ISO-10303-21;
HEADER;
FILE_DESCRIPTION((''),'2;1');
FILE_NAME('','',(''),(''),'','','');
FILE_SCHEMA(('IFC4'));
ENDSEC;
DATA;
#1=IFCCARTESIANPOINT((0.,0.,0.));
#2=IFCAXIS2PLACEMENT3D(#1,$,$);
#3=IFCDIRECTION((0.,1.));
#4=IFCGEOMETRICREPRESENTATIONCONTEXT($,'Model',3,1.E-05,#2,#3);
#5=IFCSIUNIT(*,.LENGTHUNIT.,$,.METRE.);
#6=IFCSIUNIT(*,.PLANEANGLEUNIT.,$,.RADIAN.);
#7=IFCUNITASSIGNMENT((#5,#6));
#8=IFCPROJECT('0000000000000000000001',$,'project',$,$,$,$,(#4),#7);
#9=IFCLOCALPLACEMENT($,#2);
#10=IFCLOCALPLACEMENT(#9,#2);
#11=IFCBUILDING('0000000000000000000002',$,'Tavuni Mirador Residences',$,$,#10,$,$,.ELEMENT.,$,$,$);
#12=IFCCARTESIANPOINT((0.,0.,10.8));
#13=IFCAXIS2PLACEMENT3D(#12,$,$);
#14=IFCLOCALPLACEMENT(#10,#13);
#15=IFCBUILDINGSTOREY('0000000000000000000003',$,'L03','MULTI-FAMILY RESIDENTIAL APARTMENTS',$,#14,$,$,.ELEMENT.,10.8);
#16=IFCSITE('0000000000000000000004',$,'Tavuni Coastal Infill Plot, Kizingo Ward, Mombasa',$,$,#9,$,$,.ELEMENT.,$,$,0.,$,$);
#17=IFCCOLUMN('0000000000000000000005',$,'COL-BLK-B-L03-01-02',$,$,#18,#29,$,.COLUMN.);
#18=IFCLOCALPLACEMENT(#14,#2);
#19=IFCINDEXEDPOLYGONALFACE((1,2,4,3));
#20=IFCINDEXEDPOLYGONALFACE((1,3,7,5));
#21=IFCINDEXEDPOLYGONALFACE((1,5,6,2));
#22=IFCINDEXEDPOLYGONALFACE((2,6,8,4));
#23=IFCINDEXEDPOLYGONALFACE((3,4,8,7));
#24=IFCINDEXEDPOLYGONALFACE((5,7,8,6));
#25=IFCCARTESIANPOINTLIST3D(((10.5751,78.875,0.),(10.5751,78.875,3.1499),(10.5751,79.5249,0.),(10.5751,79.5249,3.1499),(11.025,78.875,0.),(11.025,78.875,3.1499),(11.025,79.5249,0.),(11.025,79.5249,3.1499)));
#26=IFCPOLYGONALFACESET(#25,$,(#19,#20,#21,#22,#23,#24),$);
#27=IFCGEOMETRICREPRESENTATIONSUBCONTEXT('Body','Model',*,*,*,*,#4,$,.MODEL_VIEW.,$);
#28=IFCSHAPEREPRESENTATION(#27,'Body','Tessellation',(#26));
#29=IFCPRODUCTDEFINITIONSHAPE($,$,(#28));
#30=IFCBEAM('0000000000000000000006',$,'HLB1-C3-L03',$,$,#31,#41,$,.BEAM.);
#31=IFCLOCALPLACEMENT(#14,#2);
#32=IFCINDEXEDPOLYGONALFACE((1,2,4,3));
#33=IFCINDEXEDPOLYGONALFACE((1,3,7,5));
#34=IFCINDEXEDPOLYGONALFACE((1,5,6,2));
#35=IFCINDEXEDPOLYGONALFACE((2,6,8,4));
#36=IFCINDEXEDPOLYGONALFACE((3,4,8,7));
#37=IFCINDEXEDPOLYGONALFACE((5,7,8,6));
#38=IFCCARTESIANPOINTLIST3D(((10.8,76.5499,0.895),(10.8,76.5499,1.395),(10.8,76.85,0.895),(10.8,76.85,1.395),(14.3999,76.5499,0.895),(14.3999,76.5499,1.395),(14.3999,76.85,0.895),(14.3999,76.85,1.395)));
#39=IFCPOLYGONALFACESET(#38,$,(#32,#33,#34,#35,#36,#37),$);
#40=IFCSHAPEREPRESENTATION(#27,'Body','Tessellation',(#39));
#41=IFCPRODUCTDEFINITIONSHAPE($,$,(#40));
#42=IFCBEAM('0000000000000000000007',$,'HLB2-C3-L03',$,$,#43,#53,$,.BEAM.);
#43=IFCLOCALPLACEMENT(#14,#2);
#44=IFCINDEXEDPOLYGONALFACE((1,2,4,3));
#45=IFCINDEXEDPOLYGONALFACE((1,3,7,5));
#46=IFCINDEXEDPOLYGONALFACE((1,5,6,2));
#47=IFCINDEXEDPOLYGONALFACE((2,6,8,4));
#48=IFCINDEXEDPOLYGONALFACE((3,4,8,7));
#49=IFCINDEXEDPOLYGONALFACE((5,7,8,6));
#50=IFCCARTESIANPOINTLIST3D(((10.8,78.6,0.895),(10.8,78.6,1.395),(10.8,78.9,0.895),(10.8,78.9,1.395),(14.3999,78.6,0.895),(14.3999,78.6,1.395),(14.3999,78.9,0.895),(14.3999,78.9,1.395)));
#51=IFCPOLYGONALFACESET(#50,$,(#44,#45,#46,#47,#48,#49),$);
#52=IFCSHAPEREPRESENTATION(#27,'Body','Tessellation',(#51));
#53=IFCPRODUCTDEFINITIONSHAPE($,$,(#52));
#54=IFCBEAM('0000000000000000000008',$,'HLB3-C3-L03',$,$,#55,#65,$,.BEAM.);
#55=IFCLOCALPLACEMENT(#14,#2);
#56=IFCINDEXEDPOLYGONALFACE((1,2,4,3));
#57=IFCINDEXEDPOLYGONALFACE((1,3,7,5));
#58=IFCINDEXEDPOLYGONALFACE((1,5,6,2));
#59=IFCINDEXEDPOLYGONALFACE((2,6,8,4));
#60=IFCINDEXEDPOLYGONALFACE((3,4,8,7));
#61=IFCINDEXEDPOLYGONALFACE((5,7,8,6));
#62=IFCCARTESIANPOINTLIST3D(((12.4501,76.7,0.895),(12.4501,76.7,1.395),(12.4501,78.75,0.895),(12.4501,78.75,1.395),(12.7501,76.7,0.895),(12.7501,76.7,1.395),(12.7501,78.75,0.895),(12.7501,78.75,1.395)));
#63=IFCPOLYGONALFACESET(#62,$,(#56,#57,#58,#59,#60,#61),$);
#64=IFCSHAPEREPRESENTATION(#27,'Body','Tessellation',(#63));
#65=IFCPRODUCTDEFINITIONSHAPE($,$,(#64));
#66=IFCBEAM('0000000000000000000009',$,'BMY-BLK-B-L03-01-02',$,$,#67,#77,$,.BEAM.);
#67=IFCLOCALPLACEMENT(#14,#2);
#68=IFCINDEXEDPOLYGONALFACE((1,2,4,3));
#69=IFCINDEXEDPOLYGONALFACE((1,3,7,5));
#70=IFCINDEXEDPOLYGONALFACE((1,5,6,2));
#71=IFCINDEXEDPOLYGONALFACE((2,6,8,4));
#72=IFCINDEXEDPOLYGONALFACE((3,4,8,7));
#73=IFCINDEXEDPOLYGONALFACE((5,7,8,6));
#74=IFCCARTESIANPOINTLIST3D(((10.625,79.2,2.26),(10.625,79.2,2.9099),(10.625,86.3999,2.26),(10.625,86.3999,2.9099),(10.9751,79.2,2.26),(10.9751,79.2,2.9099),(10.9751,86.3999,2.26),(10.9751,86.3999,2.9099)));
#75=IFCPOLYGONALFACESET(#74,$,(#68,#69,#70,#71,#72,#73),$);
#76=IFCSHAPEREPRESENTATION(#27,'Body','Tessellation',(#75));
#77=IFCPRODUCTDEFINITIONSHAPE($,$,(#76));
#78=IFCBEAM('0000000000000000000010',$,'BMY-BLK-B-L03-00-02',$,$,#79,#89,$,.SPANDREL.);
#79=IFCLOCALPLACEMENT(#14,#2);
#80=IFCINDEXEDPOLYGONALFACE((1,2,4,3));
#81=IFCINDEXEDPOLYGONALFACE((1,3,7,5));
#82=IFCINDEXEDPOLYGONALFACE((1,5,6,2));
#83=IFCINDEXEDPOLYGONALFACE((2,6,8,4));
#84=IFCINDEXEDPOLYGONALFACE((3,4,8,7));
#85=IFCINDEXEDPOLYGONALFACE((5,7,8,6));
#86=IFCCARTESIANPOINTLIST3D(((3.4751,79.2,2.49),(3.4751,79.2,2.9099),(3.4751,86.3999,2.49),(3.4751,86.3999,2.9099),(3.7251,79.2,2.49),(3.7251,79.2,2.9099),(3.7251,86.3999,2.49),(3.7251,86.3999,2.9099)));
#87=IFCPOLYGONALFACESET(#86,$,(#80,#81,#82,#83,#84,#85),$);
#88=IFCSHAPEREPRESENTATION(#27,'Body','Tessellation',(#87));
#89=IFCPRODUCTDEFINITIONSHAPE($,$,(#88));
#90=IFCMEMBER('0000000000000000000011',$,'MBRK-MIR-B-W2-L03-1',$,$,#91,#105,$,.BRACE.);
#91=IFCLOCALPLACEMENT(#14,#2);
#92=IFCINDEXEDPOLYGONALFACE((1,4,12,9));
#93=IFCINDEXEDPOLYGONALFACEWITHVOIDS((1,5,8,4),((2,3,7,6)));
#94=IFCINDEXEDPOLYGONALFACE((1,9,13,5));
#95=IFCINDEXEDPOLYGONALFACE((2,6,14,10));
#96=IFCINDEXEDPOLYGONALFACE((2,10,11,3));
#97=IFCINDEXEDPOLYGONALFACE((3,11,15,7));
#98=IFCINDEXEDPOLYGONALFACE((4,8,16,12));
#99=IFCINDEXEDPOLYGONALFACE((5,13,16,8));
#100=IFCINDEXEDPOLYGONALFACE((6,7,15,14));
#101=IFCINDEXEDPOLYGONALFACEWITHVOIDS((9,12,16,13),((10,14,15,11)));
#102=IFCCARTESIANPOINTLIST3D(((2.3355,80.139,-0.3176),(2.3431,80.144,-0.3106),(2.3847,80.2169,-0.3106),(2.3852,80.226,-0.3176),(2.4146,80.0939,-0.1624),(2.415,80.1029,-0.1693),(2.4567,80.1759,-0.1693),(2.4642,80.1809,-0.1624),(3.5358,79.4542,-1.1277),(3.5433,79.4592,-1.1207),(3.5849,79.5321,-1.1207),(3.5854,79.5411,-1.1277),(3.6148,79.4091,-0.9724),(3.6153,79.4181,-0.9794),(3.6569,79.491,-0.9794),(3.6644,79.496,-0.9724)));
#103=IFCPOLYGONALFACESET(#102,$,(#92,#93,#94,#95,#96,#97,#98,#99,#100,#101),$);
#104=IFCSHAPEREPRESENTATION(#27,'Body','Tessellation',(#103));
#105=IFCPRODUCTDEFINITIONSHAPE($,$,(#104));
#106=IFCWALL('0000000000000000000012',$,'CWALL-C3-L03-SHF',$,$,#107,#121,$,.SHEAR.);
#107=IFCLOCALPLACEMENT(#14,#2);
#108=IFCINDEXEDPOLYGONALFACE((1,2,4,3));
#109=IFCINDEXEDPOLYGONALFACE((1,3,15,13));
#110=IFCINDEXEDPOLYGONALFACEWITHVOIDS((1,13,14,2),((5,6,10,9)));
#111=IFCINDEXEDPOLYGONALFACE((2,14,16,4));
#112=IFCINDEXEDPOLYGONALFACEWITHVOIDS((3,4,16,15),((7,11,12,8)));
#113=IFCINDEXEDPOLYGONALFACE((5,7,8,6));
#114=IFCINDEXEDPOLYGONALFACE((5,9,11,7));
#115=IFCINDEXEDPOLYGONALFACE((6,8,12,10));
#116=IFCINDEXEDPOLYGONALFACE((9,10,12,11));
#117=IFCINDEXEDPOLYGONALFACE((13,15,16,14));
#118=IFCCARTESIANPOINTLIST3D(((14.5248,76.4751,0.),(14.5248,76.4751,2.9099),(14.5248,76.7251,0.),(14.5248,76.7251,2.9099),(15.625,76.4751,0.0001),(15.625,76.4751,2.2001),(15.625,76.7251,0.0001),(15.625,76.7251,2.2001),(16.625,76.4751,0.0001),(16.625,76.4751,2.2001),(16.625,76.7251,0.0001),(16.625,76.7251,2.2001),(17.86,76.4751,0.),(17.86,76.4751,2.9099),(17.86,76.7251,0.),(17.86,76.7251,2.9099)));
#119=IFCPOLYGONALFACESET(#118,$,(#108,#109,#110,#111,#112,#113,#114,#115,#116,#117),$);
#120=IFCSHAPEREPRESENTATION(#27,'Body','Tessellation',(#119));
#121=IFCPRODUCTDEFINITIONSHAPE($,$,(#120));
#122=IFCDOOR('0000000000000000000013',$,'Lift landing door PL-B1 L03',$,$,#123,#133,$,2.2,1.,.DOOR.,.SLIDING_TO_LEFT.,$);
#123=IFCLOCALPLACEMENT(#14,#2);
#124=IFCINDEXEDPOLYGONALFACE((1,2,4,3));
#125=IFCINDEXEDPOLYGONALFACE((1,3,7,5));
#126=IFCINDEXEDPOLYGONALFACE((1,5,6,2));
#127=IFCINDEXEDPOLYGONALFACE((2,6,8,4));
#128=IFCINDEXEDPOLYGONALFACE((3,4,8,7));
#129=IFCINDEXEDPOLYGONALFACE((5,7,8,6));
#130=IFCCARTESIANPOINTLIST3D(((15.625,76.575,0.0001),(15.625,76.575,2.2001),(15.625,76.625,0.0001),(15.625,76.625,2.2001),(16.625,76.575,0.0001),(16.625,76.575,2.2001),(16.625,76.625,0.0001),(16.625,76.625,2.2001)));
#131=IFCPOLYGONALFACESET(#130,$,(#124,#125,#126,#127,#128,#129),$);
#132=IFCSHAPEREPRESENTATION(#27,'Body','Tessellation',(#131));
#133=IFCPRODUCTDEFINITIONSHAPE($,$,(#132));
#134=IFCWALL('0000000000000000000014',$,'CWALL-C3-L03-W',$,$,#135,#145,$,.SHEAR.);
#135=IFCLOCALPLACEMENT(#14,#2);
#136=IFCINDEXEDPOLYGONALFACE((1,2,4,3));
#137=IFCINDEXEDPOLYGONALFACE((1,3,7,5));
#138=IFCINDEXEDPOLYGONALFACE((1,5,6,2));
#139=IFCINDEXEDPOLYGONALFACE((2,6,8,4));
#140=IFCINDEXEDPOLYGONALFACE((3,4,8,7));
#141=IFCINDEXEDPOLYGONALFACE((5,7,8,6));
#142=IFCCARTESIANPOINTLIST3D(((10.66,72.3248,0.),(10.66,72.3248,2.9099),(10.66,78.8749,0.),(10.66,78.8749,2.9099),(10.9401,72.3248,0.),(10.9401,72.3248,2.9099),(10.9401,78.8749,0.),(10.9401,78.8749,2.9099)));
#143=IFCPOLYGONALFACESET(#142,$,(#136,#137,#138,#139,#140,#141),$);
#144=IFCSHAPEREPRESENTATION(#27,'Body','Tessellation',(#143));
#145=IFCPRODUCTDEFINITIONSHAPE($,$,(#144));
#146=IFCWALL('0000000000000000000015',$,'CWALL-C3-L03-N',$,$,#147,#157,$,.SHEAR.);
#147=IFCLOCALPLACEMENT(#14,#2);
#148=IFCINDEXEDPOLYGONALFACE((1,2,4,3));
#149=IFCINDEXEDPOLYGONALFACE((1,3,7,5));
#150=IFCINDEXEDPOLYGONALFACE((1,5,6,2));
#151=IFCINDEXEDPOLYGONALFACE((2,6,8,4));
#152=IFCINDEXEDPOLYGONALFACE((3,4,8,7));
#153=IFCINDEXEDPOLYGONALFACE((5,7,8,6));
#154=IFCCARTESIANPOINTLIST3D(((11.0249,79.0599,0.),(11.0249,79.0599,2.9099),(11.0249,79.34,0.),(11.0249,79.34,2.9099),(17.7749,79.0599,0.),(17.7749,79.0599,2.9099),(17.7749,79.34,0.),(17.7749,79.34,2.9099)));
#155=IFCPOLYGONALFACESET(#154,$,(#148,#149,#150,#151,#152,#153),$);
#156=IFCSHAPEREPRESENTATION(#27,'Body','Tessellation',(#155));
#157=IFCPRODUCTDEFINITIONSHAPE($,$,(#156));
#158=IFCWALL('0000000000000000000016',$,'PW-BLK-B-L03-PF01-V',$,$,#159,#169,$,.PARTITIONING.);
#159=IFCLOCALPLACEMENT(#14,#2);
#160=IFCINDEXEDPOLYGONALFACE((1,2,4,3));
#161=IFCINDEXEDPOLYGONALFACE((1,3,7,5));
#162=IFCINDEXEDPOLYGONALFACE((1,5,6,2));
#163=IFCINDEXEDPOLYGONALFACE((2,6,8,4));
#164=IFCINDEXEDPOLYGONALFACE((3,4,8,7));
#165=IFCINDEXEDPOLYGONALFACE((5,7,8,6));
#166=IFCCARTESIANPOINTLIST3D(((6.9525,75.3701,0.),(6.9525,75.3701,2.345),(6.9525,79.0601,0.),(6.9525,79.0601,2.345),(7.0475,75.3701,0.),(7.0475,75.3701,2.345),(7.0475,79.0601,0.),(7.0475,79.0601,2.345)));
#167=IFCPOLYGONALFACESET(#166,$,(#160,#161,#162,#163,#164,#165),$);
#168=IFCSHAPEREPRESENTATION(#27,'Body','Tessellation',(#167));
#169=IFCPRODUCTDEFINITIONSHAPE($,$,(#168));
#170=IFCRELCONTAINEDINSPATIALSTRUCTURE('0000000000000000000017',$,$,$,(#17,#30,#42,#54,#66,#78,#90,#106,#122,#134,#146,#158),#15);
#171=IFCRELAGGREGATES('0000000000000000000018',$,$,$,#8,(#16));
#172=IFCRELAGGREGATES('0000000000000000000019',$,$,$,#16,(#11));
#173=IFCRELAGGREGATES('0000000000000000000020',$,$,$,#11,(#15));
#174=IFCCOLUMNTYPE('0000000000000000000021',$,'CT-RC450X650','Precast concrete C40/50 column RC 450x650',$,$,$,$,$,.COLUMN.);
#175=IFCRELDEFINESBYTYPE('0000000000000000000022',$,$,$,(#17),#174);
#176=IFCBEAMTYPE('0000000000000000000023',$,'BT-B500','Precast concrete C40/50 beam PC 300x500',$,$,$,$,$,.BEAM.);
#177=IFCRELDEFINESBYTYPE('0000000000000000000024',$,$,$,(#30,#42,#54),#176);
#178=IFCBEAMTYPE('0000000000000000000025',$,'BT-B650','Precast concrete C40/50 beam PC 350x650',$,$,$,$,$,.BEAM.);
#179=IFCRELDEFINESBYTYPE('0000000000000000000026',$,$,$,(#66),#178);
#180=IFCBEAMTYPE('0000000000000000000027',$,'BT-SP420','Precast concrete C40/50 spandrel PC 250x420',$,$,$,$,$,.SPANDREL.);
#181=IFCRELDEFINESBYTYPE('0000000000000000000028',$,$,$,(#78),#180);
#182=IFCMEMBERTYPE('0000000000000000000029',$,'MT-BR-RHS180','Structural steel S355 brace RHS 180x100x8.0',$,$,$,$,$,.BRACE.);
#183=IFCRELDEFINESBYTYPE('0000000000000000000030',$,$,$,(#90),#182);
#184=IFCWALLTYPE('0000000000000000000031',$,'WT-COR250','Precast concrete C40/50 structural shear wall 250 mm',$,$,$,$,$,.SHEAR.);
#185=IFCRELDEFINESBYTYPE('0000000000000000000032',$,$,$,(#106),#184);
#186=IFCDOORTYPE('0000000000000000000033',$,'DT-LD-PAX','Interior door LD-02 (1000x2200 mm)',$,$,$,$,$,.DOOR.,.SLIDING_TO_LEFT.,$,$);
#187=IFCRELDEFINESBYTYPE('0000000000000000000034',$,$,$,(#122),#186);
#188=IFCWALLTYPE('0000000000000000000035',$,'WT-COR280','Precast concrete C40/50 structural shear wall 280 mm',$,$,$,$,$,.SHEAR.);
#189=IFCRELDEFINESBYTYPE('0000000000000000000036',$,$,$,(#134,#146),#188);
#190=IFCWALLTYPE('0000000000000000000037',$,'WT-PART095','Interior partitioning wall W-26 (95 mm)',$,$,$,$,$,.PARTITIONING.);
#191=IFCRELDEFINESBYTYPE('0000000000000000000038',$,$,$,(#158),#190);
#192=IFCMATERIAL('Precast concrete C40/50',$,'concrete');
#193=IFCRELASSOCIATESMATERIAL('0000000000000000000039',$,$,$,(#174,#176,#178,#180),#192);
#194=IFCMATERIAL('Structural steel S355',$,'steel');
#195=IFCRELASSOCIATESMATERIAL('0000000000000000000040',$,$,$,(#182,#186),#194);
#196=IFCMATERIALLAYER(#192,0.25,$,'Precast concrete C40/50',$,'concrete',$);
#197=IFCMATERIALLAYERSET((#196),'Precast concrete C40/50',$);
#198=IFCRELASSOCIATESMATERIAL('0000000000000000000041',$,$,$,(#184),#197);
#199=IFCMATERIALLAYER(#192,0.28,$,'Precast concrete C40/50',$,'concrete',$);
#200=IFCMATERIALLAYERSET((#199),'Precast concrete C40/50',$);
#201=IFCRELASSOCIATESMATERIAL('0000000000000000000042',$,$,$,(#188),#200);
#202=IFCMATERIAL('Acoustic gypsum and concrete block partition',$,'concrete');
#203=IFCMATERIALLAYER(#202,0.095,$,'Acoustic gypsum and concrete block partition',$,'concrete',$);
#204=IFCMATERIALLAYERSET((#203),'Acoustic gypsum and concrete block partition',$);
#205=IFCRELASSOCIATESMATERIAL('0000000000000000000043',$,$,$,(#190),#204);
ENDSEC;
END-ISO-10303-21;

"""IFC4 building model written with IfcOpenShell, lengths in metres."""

from ifc_helpers import new_model, si_unit, direction, frame, frame_2d, origin, origin_2d, place, context, subcontext, project, spatial, rectangle, hollow_rectangle, extrude, material, layer, layer_set, material_profile, profile_set, type_object, element, fill, save


model = new_model("IFC4")

# Units and contexts
model_context = context("Model", 3, precision=1e-05, world=origin(), true_north=direction((0.0, 1.0)))
body_context = subcontext(model_context, "Body", "Model", "MODEL_VIEW")
ifc_project = project(units=[si_unit("LENGTHUNIT", "METRE"), si_unit("PLANEANGLEUNIT", "RADIAN")], contexts=[model_context])

# Site, building, storey
site_placement = place(None, origin())
site = spatial("IfcSite", under=ifc_project, at=site_placement, Name="Tavuni Coastal Infill Plot, Kizingo Ward, Mombasa", CompositionType="ELEMENT", RefElevation=0.0)
building_placement = place(site_placement, origin())
building = spatial("IfcBuilding", under=site, at=building_placement, Name="Tavuni Mirador Residences", CompositionType="ELEMENT")
storey_placement = place(building_placement, frame((0.0, 0.0, 10.8)))
storey = spatial("IfcBuildingStorey", under=building, at=storey_placement, Name="L03", Description="MULTI-FAMILY RESIDENTIAL APARTMENTS", CompositionType="ELEMENT", Elevation=10.8)

# Column
ifc_material_1 = material(Name="Precast concrete C40/50", Category="concrete")
ifc_material_profile_1 = material_profile(ifc_material_1, rectangle(XDim=0.45, YDim=0.6499, at=origin_2d()), Name="RC 450x650", Category="concrete")
ifc_profile_set_1 = profile_set([ifc_material_profile_1], Name="Precast concrete C40/50")
column_type = type_object("IfcColumnType", Name="CT-RC450X650", Description="Precast concrete C40/50 column RC 450x650", PredefinedType="COLUMN", material=ifc_profile_set_1)
column_placement = place(storey_placement, frame((10.8, 79.2, 0.0), z_axis=(0.0, 0.0, 1.0), x_axis=(1.0, 0.0, 0.0)))
element("IfcColumn", 1, at=column_placement, inside=storey, type_object=column_type, Name="COL-BLK-B-L03-01-02", PredefinedType="COLUMN", context=body_context, shape_type="SweptSolid", body=[
    extrude(rectangle(XDim=0.45, YDim=0.6499, at=origin_2d()), origin(), (0.0, 0.0, 1.0), 3.1499),
])

# Beams
ifc_material_profile_2 = material_profile(ifc_material_1, rectangle(XDim=0.3, YDim=0.5, at=origin_2d()), Name="PC 300x500", Category="concrete")
ifc_profile_set_2 = profile_set([ifc_material_profile_2], Name="Precast concrete C40/50")
beam_type_1 = type_object("IfcBeamType", Name="BT-B500", Description="Precast concrete C40/50 beam PC 300x500", PredefinedType="BEAM", material=ifc_profile_set_2)
for number, where, z_axis, x_axis, name in (
    (2, (10.8, 76.7, 1.145), (1.0, 0.0, 0.0), (0.0, 1.0, 0.0), "HLB1-C3-L03"),
    (3, (10.8, 78.75, 1.145), (1.0, 0.0, 0.0), (0.0, 1.0, 0.0), "HLB2-C3-L03"),
):
    element("IfcBeam", number, at=place(storey_placement, frame(where, z_axis=z_axis, x_axis=x_axis)), inside=storey, type_object=beam_type_1, Name=name, PredefinedType="BEAM", context=body_context, shape_type="SweptSolid", body=[
        extrude(rectangle(XDim=0.3, YDim=0.5, at=origin_2d()), origin(), (0.0, 0.0, 1.0), 3.5999),
    ])
beam_1_placement = place(storey_placement, frame((12.6001, 76.7, 1.145), z_axis=(0.0, 1.0, 0.0), x_axis=(-1.0, 0.0, 0.0)))
element("IfcBeam", 4, at=beam_1_placement, inside=storey, type_object=beam_type_1, Name="HLB3-C3-L03", PredefinedType="BEAM", context=body_context, shape_type="SweptSolid", body=[
    extrude(rectangle(XDim=0.3, YDim=0.5, at=origin_2d()), origin(), (0.0, 0.0, 1.0), 2.05),
])
ifc_material_profile_3 = material_profile(ifc_material_1, rectangle(XDim=0.3501, YDim=0.6499, at=origin_2d()), Name="PC 350x650", Category="concrete")
ifc_profile_set_3 = profile_set([ifc_material_profile_3], Name="Precast concrete C40/50")
beam_type_2 = type_object("IfcBeamType", Name="BT-B650", Description="Precast concrete C40/50 beam PC 350x650", PredefinedType="BEAM", material=ifc_profile_set_3)
beam_2_placement = place(storey_placement, frame((10.8, 79.2, 2.585), z_axis=(0.0, 1.0, 0.0), x_axis=(-1.0, 0.0, 0.0)))
element("IfcBeam", 5, at=beam_2_placement, inside=storey, type_object=beam_type_2, Name="BMY-BLK-B-L03-01-02", PredefinedType="BEAM", context=body_context, shape_type="SweptSolid", body=[
    extrude(rectangle(XDim=0.3501, YDim=0.6499, at=origin_2d()), origin(), (0.0, 0.0, 1.0), 7.2),
])
ifc_material_profile_4 = material_profile(ifc_material_1, rectangle(XDim=0.25, YDim=0.4199, at=origin_2d()), Name="PC 250x420", Category="concrete")
ifc_profile_set_4 = profile_set([ifc_material_profile_4], Name="Precast concrete C40/50")
beam_type_3 = type_object("IfcBeamType", Name="BT-SP420", Description="Precast concrete C40/50 spandrel PC 250x420", PredefinedType="SPANDREL", material=ifc_profile_set_4)
beam_3_placement = place(storey_placement, frame((3.6001, 79.2, 2.7), z_axis=(0.0, 1.0, 0.0), x_axis=(-1.0, 0.0, 0.0)))
element("IfcBeam", 6, at=beam_3_placement, inside=storey, type_object=beam_type_3, Name="BMY-BLK-B-L03-00-02", PredefinedType="SPANDREL", context=body_context, shape_type="SweptSolid", body=[
    extrude(rectangle(XDim=0.25, YDim=0.4199, at=origin_2d()), origin(), (0.0, 0.0, 1.0), 7.2),
])

# Member
ifc_material_2 = material(Name="Structural steel S355", Category="steel")
ifc_material_profile_5 = material_profile(ifc_material_2, hollow_rectangle(XDim=0.1001, YDim=0.1799, WallThickness=0.0081, at=origin_2d()), Name="RHS 180x100x8.0", Category="steel")
ifc_profile_set_5 = profile_set([ifc_material_profile_5], Name="Structural steel S355")
member_type = type_object("IfcMemberType", Name="MT-BR-RHS180", Description="Structural steel S355 brace RHS 180x100x8.0", PredefinedType="BRACE", material=ifc_profile_set_5)
member_placement = place(storey_placement, frame((3.6001, 79.4751, -1.05), z_axis=(-0.749298, 0.427539, 0.50573), x_axis=(-0.495587, -0.868558, 0.0)))
element("IfcMember", 7, at=member_placement, inside=storey, type_object=member_type, Name="MBRK-MIR-B-W2-L03-1", PredefinedType="BRACE", context=body_context, shape_type="SweptSolid", body=[
    extrude(hollow_rectangle(XDim=0.1001, YDim=0.1799, WallThickness=0.0081, at=origin_2d()), origin(), (0.0, 0.0, 1.0), 1.6018),
])

# Wall, opening, door
ifc_layer_1 = layer(ifc_material_1, 0.25, Name="Precast concrete C40/50", Category="concrete")
ifc_layer_set_1 = layer_set([ifc_layer_1], Name="Precast concrete C40/50")
wall_type_1 = type_object("IfcWallType", Name="WT-COR250", Description="Precast concrete C40/50 structural shear wall 250 mm", PredefinedType="SHEAR", material=ifc_layer_set_1)
wall_1_placement = place(storey_placement, frame((14.5249, 76.6001, 0.0), z_axis=(0.0, 0.0, 1.0), x_axis=(1.0, 0.0, 0.0)))
wall_1 = element("IfcWall", 8, at=wall_1_placement, inside=storey, type_object=wall_type_1, Name="CWALL-C3-L03-SHF", PredefinedType="SHEAR", context=body_context, shape_type="SweptSolid", body=[
    extrude(rectangle(XDim=3.3352, YDim=0.25, at=frame_2d((1.6675, 0.0))), origin(), (0.0, 0.0, 1.0), 2.9099),
])
opening_1_placement = place(wall_1_placement, frame((1.1001, 0.0, 0.0)))
opening_1 = element("IfcOpeningElement", 9, at=opening_1_placement, cuts=wall_1, PredefinedType="OPENING", context=body_context, shape_type="SweptSolid", body=[
    extrude(rectangle(XDim=1.0, YDim=2.2, at=frame_2d((0.5, 1.1001))), frame((0.0, 0.135, 0.0), z_axis=(0.0, -1.0, 0.0), x_axis=(1.0, 0.0, 0.0)), (0.0, 0.0, 1.0), 0.27),
])
door_type_1 = type_object("IfcDoorType", Name="DT-LD-PAX", Description="Interior door LD-02 (1000x2200 mm)", OperationType="SLIDING_TO_LEFT", PredefinedType="DOOR", material=ifc_material_2)
door_1_placement = place(opening_1_placement, origin())
door_1 = element("IfcDoor", 10, at=door_1_placement, inside=storey, type_object=door_type_1, Name="Lift landing door PL-B1 L03", OperationType="SLIDING_TO_LEFT", OverallHeight=2.2, OverallWidth=1.0, PredefinedType="DOOR", context=body_context, shape_type="SweptSolid", body=[
    extrude(rectangle(XDim=1.0, YDim=2.2, at=frame_2d((0.5, 1.1001))), frame((0.0, 0.0249, 0.0), z_axis=(0.0, -1.0, 0.0), x_axis=(1.0, 0.0, 0.0)), (0.0, 0.0, 1.0), 0.05),
])
fill(opening_1, door_1)

# Walls
ifc_layer_2 = layer(ifc_material_1, 0.28, Name="Precast concrete C40/50", Category="concrete")
ifc_layer_set_2 = layer_set([ifc_layer_2], Name="Precast concrete C40/50")
wall_type_2 = type_object("IfcWallType", Name="WT-COR280", Description="Precast concrete C40/50 structural shear wall 280 mm", PredefinedType="SHEAR", material=ifc_layer_set_2)
wall_2_placement = place(storey_placement, frame((10.8, 72.325, 0.0), z_axis=(0.0, 0.0, 1.0), x_axis=(0.0, 1.0, 0.0)))
element("IfcWall", 11, at=wall_2_placement, inside=storey, type_object=wall_type_2, Name="CWALL-C3-L03-W", PredefinedType="SHEAR", context=body_context, shape_type="SweptSolid", body=[
    extrude(rectangle(XDim=6.55, YDim=0.28, at=frame_2d((3.2749, 0.0))), origin(), (0.0, 0.0, 1.0), 2.9099),
])
wall_3_placement = place(storey_placement, frame((11.0249, 79.2, 0.0), z_axis=(0.0, 0.0, 1.0), x_axis=(1.0, 0.0, 0.0)))
element("IfcWall", 12, at=wall_3_placement, inside=storey, type_object=wall_type_2, Name="CWALL-C3-L03-N", PredefinedType="SHEAR", context=body_context, shape_type="SweptSolid", body=[
    extrude(rectangle(XDim=6.75, YDim=0.28, at=frame_2d((3.375, 0.0))), origin(), (0.0, 0.0, 1.0), 2.9099),
])

# Wall
ifc_material_3 = material(Name="Acoustic gypsum and concrete block partition", Category="concrete")
ifc_layer_3 = layer(ifc_material_3, 0.095, Name="Acoustic gypsum and concrete block partition", Category="concrete")
ifc_layer_set_3 = layer_set([ifc_layer_3], Name="Acoustic gypsum and concrete block partition")
wall_type_3 = type_object("IfcWallType", Name="WT-PART095", Description="Interior partitioning wall W-26 (95 mm)", PredefinedType="PARTITIONING", material=ifc_layer_set_3)
wall_4_placement = place(storey_placement, frame((7.0, 75.3701, 0.0), z_axis=(0.0, 0.0, 1.0), x_axis=(0.0, 1.0, 0.0)))
element("IfcWall", 13, at=wall_4_placement, inside=storey, type_object=wall_type_3, Name="PW-BLK-B-L03-PF01-V", PredefinedType="PARTITIONING", context=body_context, shape_type="SweptSolid", body=[
    extrude(rectangle(XDim=3.6899, YDim=0.095, at=frame_2d((1.845, 0.0))), origin(), (0.0, 0.0, 1.0), 2.345),
])

save(model, "model.ifc")
